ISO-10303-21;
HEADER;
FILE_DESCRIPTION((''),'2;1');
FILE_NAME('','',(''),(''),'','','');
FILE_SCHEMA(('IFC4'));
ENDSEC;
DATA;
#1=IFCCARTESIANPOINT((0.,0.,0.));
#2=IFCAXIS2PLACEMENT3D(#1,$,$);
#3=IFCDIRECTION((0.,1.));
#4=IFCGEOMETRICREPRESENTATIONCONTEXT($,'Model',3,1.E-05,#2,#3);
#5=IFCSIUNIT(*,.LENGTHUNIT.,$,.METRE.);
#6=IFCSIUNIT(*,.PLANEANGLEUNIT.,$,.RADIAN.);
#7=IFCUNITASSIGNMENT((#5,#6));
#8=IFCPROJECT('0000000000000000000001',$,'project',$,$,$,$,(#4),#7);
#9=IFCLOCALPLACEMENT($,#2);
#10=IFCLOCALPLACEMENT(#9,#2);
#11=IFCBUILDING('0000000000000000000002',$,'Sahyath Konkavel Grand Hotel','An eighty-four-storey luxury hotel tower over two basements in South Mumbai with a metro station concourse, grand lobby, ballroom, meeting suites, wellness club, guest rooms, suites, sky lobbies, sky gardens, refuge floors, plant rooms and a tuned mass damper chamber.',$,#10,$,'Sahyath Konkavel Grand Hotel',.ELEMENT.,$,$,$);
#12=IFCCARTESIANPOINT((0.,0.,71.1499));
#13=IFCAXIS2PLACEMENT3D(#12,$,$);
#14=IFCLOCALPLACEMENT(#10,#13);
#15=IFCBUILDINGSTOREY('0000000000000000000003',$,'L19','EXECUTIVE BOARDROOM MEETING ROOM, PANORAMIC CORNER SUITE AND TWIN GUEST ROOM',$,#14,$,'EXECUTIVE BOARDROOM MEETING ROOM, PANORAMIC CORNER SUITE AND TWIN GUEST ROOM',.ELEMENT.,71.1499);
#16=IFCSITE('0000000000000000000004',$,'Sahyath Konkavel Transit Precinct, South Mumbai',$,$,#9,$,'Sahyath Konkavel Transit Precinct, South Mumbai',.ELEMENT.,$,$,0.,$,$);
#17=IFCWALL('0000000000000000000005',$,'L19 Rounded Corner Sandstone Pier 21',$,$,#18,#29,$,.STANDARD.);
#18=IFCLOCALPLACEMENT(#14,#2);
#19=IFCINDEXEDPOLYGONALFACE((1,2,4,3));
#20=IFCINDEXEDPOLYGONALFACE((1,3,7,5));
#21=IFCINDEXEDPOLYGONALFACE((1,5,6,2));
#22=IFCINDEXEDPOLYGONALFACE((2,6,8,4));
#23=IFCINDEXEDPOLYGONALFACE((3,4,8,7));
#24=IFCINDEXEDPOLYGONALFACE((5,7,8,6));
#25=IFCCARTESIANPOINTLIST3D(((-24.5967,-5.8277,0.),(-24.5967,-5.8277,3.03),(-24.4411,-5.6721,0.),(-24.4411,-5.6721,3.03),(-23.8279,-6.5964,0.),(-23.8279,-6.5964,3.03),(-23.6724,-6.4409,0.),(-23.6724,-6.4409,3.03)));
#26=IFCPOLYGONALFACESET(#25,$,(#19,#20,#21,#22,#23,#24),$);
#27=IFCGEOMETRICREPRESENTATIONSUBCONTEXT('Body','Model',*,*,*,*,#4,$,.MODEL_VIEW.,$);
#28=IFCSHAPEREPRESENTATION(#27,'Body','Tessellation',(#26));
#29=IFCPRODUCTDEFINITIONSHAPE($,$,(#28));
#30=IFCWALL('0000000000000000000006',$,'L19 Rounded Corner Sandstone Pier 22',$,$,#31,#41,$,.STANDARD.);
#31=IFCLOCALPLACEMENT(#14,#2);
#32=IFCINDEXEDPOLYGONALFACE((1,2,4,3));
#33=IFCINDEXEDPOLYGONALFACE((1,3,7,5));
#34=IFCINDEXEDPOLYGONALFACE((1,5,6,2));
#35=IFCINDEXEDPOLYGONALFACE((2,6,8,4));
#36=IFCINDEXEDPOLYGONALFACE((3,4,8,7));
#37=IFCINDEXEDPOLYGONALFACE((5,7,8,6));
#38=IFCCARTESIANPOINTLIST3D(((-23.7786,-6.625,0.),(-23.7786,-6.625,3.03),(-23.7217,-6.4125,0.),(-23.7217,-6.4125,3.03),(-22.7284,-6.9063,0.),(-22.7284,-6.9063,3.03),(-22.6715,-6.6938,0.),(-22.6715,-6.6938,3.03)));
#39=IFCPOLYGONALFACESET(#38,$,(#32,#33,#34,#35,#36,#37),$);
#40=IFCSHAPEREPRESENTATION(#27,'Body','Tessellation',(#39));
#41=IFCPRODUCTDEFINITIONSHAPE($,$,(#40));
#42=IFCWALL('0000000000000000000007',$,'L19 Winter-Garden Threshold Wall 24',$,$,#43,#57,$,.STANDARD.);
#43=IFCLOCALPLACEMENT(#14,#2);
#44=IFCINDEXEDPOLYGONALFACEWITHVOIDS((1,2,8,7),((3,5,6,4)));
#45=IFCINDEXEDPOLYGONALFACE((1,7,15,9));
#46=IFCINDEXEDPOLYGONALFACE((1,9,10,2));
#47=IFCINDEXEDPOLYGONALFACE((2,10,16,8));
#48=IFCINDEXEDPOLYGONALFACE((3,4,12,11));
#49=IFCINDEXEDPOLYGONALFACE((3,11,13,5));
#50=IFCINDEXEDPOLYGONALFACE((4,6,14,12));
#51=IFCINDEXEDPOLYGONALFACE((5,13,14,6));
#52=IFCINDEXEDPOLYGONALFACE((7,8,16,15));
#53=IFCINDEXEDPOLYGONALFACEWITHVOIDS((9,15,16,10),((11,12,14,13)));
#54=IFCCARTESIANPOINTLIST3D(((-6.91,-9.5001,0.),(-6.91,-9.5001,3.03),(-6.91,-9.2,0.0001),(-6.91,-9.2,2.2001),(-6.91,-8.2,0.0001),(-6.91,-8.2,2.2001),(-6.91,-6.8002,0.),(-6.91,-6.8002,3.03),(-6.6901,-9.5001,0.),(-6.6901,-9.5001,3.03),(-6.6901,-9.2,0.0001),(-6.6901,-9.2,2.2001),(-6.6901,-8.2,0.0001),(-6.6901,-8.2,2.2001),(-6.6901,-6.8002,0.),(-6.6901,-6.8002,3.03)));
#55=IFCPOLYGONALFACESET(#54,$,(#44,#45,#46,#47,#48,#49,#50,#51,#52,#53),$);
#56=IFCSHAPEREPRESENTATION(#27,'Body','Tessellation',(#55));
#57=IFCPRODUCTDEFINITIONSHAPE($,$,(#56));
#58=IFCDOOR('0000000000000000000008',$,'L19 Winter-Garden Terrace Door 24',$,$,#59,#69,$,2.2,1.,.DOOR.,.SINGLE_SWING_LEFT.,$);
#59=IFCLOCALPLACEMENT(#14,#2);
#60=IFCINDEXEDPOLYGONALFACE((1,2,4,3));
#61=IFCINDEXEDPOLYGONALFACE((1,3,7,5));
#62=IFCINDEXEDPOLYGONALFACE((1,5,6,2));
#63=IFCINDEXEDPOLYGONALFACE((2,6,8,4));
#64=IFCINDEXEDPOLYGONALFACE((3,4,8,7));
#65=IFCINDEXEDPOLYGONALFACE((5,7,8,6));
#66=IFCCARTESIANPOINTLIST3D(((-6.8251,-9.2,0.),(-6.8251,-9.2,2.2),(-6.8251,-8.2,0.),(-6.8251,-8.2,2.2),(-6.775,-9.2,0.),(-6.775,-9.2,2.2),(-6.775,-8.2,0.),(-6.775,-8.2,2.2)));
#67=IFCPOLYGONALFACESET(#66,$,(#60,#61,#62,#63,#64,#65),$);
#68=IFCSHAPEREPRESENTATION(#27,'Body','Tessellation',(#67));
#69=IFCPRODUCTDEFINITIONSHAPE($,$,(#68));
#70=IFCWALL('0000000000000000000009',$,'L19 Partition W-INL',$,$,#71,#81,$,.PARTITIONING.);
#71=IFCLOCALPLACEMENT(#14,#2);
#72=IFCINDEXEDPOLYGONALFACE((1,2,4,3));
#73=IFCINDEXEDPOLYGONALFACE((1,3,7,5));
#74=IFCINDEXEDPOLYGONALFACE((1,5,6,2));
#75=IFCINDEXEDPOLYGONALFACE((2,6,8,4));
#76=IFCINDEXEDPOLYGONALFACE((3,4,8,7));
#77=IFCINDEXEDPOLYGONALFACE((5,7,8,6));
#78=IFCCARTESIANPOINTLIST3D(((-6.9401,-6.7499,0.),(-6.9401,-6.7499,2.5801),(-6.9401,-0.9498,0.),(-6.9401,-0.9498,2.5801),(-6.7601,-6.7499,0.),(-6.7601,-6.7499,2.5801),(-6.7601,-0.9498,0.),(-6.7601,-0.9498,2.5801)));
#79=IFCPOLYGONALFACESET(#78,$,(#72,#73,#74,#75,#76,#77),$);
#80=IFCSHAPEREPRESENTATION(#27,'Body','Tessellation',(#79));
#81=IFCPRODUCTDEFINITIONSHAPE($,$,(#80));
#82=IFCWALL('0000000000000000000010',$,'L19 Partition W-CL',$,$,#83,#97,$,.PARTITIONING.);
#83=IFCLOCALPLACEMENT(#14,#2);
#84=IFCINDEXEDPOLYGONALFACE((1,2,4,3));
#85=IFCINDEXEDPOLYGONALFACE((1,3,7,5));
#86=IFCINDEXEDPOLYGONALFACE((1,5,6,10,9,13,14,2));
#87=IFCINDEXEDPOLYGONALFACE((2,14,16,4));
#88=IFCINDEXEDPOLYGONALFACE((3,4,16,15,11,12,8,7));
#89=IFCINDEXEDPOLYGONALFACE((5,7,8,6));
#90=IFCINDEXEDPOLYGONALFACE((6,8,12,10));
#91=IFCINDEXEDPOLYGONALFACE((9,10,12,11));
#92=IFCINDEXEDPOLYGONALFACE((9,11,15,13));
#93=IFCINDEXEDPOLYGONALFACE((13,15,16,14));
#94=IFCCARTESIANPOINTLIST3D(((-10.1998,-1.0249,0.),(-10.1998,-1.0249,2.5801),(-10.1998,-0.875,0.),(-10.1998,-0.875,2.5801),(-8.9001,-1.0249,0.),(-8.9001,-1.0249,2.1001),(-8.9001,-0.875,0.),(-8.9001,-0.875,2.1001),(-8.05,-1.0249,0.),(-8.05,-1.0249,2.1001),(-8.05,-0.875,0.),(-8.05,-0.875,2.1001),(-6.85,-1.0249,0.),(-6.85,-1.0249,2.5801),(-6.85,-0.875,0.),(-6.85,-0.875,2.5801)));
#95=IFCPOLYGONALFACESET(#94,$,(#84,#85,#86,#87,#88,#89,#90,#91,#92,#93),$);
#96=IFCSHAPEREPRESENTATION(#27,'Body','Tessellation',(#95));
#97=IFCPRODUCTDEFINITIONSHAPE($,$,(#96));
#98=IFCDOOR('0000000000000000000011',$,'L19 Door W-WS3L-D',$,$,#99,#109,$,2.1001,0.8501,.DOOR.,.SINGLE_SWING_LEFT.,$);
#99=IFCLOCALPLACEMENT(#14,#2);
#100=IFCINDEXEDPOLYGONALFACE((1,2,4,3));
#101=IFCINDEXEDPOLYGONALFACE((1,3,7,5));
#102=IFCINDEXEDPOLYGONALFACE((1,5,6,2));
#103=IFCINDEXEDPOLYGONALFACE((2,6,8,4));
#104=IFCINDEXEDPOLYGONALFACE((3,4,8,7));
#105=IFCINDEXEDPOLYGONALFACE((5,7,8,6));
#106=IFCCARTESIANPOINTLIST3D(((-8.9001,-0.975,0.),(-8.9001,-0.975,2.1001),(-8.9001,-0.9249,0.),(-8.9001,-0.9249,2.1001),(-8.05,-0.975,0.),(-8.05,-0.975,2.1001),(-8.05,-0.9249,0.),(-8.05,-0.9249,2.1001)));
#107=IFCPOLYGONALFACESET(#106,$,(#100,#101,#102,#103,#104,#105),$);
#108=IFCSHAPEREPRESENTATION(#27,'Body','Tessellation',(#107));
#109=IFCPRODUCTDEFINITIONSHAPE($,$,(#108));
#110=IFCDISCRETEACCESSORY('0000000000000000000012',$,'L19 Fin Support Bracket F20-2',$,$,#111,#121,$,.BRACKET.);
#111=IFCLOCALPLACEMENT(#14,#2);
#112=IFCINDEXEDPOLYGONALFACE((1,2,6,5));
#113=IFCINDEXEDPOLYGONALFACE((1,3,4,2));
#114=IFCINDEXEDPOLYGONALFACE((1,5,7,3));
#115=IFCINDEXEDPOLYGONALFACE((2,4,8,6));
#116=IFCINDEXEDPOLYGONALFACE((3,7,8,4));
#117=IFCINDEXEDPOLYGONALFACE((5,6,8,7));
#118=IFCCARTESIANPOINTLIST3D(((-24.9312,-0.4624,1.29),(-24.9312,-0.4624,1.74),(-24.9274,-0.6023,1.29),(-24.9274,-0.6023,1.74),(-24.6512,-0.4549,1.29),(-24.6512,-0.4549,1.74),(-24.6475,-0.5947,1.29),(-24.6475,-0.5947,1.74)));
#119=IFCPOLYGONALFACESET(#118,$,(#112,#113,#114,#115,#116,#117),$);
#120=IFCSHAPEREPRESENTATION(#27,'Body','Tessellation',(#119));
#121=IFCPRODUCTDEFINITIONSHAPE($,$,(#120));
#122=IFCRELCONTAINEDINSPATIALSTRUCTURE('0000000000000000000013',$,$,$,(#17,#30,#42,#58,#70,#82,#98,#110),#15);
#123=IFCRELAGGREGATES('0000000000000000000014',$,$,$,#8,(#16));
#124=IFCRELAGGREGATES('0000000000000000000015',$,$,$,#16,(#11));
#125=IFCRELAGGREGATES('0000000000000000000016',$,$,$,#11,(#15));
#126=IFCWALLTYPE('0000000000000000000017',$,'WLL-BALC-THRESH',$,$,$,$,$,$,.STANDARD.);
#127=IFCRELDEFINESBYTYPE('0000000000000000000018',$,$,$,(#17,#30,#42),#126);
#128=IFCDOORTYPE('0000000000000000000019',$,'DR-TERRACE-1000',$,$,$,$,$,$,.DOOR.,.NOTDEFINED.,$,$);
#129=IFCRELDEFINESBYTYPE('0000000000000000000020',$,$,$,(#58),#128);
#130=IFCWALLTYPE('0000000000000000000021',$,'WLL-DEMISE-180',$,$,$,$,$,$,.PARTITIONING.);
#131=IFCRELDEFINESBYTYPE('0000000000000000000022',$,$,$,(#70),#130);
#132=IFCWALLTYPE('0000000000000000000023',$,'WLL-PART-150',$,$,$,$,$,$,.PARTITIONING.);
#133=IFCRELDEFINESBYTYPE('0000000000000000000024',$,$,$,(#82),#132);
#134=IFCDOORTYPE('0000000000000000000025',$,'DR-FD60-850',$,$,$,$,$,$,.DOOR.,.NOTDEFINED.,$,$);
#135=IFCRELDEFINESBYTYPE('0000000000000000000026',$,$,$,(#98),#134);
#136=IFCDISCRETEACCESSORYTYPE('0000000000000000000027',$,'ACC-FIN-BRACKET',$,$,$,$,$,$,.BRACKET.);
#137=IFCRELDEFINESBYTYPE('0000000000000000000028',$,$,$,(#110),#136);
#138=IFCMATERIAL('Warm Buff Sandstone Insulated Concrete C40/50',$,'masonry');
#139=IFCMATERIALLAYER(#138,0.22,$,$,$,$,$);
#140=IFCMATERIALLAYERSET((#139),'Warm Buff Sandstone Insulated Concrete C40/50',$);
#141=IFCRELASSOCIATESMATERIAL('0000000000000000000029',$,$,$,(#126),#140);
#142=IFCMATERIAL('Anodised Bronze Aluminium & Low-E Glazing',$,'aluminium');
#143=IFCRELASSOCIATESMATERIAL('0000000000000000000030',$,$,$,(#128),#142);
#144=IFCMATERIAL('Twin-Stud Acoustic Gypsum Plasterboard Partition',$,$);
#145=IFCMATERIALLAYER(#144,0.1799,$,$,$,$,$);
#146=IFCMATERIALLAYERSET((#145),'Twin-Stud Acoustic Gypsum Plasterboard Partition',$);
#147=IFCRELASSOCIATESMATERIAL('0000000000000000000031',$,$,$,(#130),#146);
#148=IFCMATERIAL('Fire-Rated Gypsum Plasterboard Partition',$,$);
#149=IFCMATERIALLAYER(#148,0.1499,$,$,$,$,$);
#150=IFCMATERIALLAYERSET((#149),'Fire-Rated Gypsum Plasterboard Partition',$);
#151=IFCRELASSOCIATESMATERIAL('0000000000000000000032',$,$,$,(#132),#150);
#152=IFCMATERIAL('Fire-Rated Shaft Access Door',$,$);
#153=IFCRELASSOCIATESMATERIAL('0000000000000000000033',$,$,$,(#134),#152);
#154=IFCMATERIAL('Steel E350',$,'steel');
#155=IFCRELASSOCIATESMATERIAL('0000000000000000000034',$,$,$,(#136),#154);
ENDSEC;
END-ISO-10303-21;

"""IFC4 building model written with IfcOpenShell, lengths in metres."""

from ifc_helpers import new_model, si_unit, direction, frame, frame_2d, origin, origin_2d, place, context, subcontext, project, spatial, rectangle, extrude, source, transform, mapped, material, layer, layer_set, type_object, element, fill, save


model = new_model("IFC4")

# Units and contexts
model_context = context("Model", 3, precision=1e-05, world=origin(), true_north=direction((0.0, 1.0)))
body_context = subcontext(model_context, "Body", "Model", "MODEL_VIEW")
ifc_project = project(units=[si_unit("LENGTHUNIT", "METRE"), si_unit("PLANEANGLEUNIT", "RADIAN")], contexts=[model_context])

# Site, building, storey
site_placement = place(None, origin())
site = spatial("IfcSite", under=ifc_project, at=site_placement, Name="Sahyath Konkavel Transit Precinct, South Mumbai", LongName="Sahyath Konkavel Transit Precinct, South Mumbai", CompositionType="ELEMENT", RefElevation=0.0)
building_placement = place(site_placement, origin())
building = spatial("IfcBuilding", under=site, at=building_placement, Name="Sahyath Konkavel Grand Hotel", Description="An eighty-four-storey luxury hotel tower over two basements in South Mumbai with a metro station concourse, grand lobby, ballroom, meeting suites, wellness club, guest rooms, suites, sky lobbies, sky gardens, refuge floors, plant rooms and a tuned mass damper chamber.", LongName="Sahyath Konkavel Grand Hotel", CompositionType="ELEMENT")
storey_placement = place(building_placement, frame((0.0, 0.0, 71.1499)))
storey = spatial("IfcBuildingStorey", under=building, at=storey_placement, Name="L19", Description="EXECUTIVE BOARDROOM MEETING ROOM, PANORAMIC CORNER SUITE AND TWIN GUEST ROOM", LongName="EXECUTIVE BOARDROOM MEETING ROOM, PANORAMIC CORNER SUITE AND TWIN GUEST ROOM", CompositionType="ELEMENT", Elevation=71.1499)

# Shared definitions
ifc_material_1 = material(Name="Steel E350", Category="steel")

# Shared definitions
ifc_material_2 = material(Name="Anodised Bronze Aluminium & Low-E Glazing", Category="aluminium")

# Walls
ifc_material_3 = material(Name="Warm Buff Sandstone Insulated Concrete C40/50", Category="masonry")
ifc_layer_1 = layer(ifc_material_3, 0.22)
ifc_layer_set_1 = layer_set([ifc_layer_1], Name="Warm Buff Sandstone Insulated Concrete C40/50")
wall_type_1 = type_object("IfcWallType", Name="WLL-BALC-THRESH", PredefinedType="STANDARD", material=ifc_layer_set_1)
for number, where, z_axis, x_axis, name in (
    (1, (-24.5188, -5.75, 0.0), (0.0, 0.0, 1.0), (0.707107, -0.707107, 0.0), "L19 Rounded Corner Sandstone Pier 21"),
    (2, (-23.75, -6.5188, 0.0), (0.0, 0.0, 1.0), (0.965951, -0.258725, 0.0), "L19 Rounded Corner Sandstone Pier 22"),
):
    element("IfcWall", number, at=place(storey_placement, frame(where, z_axis=z_axis, x_axis=x_axis)), inside=storey, type_object=wall_type_1, Name=name, PredefinedType="STANDARD", context=body_context, shape_type="SweptSolid", body=[
        extrude(rectangle(XDim=1.0872, YDim=0.22, at=frame_2d((0.5435, 0.0))), origin(), (0.0, 0.0, 1.0), 3.03),
    ])

# Wall, opening, door
wall_1_placement = place(storey_placement, frame((-6.8, -6.8, 0.0), z_axis=(0.0, 0.0, 1.0), x_axis=(0.0, -1.0, 0.0)))
wall_1 = element("IfcWall", 3, at=wall_1_placement, inside=storey, type_object=wall_type_1, Name="L19 Winter-Garden Threshold Wall 24", PredefinedType="STANDARD", context=body_context, shape_type="SweptSolid", body=[
    extrude(rectangle(XDim=2.7, YDim=0.22, at=frame_2d((1.3501, 0.0))), origin(), (0.0, 0.0, 1.0), 3.03),
])
opening_1_placement = place(wall_1_placement, frame((1.3999, 0.0, 0.0)))
opening_1 = element("IfcOpeningElement", 4, at=opening_1_placement, cuts=wall_1, PredefinedType="OPENING", context=body_context, shape_type="SweptSolid", body=[
    extrude(rectangle(XDim=1.0, YDim=2.2, at=frame_2d((0.5, 1.1001))), frame((0.0, 0.1201, 0.0), z_axis=(0.0, -1.0, 0.0), x_axis=(1.0, 0.0, 0.0)), (0.0, 0.0, 1.0), 0.24),
])
door_type_1 = type_object("IfcDoorType", Name="DR-TERRACE-1000", OperationType="NOTDEFINED", PredefinedType="DOOR", material=ifc_material_2)
shared_shape_1 = source(origin(), body_context, "Body", "SweptSolid", [
    extrude(rectangle(XDim=1.0, YDim=0.05, at=origin_2d()), origin(), (0.0, 0.0, 1.0), 2.2),
])
door_1_placement = place(opening_1_placement, frame((0.5, 0.0, 0.0)))
door_1 = element("IfcDoor", 5, at=door_1_placement, inside=storey, type_object=door_type_1, Name="L19 Winter-Garden Terrace Door 24", OperationType="SINGLE_SWING_LEFT", OverallHeight=2.2, OverallWidth=1.0, PredefinedType="DOOR", context=body_context, shape_type="MappedRepresentation", body=[
    mapped(shared_shape_1, transform((0.0, 0.0, 0.0), scale=1.0)),
])
fill(opening_1, door_1)

# Wall
ifc_material_4 = material(Name="Twin-Stud Acoustic Gypsum Plasterboard Partition")
ifc_layer_2 = layer(ifc_material_4, 0.1799)
ifc_layer_set_2 = layer_set([ifc_layer_2], Name="Twin-Stud Acoustic Gypsum Plasterboard Partition")
wall_type_2 = type_object("IfcWallType", Name="WLL-DEMISE-180", PredefinedType="PARTITIONING", material=ifc_layer_set_2)
wall_2_placement = place(storey_placement, frame((-6.8501, -0.95, 0.0), z_axis=(0.0, 0.0, 1.0), x_axis=(0.0, -1.0, 0.0)))
element("IfcWall", 6, at=wall_2_placement, inside=storey, type_object=wall_type_2, Name="L19 Partition W-INL", PredefinedType="PARTITIONING", context=body_context, shape_type="SweptSolid", body=[
    extrude(rectangle(XDim=5.8, YDim=0.1799, at=frame_2d((2.8999, 0.0))), origin(), (0.0, 0.0, 1.0), 2.5801),
])

# Wall, opening, door
ifc_material_5 = material(Name="Fire-Rated Gypsum Plasterboard Partition")
ifc_layer_3 = layer(ifc_material_5, 0.1499)
ifc_layer_set_3 = layer_set([ifc_layer_3], Name="Fire-Rated Gypsum Plasterboard Partition")
wall_type_3 = type_object("IfcWallType", Name="WLL-PART-150", PredefinedType="PARTITIONING", material=ifc_layer_set_3)
wall_3_placement = place(storey_placement, frame((-6.8501, -0.95, 0.0), z_axis=(0.0, 0.0, 1.0), x_axis=(-1.0, 0.0, 0.0)))
wall_3 = element("IfcWall", 7, at=wall_3_placement, inside=storey, type_object=wall_type_3, Name="L19 Partition W-CL", PredefinedType="PARTITIONING", context=body_context, shape_type="SweptSolid", body=[
    extrude(rectangle(XDim=3.3499, YDim=0.1499, at=frame_2d((1.6748, 0.0))), origin(), (0.0, 0.0, 1.0), 2.5801),
])
opening_2_placement = place(wall_3_placement, frame((1.2, 0.0, 0.0)))
opening_2 = element("IfcOpeningElement", 8, at=opening_2_placement, cuts=wall_3, PredefinedType="OPENING", context=body_context, shape_type="SweptSolid", body=[
    extrude(rectangle(XDim=0.8501, YDim=2.1001, at=frame_2d((0.425, 1.05))), frame((0.0, 0.085, 0.0), z_axis=(0.0, -1.0, 0.0), x_axis=(1.0, 0.0, 0.0)), (0.0, 0.0, 1.0), 0.1699),
])
ifc_material_6 = material(Name="Fire-Rated Shaft Access Door")
door_type_2 = type_object("IfcDoorType", Name="DR-FD60-850", OperationType="NOTDEFINED", PredefinedType="DOOR", material=ifc_material_6)
shared_shape_2 = source(origin(), body_context, "Body", "SweptSolid", [
    extrude(rectangle(XDim=0.8501, YDim=0.05, at=origin_2d()), origin(), (0.0, 0.0, 1.0), 2.1001),
])
door_2_placement = place(opening_2_placement, frame((0.425, 0.0, 0.0)))
door_2 = element("IfcDoor", 9, at=door_2_placement, inside=storey, type_object=door_type_2, Name="L19 Door W-WS3L-D", OperationType="SINGLE_SWING_LEFT", OverallHeight=2.1001, OverallWidth=0.8501, PredefinedType="DOOR", context=body_context, shape_type="MappedRepresentation", body=[
    mapped(shared_shape_2, transform((0.0, 0.0, 0.0), scale=1.0)),
])
fill(opening_2, door_2)

# Discrete accessory
discrete_accessory_type = type_object("IfcDiscreteAccessoryType", Name="ACC-FIN-BRACKET", PredefinedType="BRACKET", material=ifc_material_1)
shared_shape_3 = source(origin(), body_context, "Body", "SweptSolid", [
    extrude(rectangle(XDim=0.28, YDim=0.1399, at=origin_2d()), origin(), (0.0, 0.0, 1.0), 0.45),
])
discrete_accessory_placement = place(storey_placement, frame((-24.7893, -0.5286, 1.29), z_axis=(0.0, 0.0, 1.0), x_axis=(-0.999638, -0.02691, 0.0)))
element("IfcDiscreteAccessory", 10, at=discrete_accessory_placement, inside=storey, type_object=discrete_accessory_type, Name="L19 Fin Support Bracket F20-2", PredefinedType="BRACKET", context=body_context, shape_type="MappedRepresentation", body=[
    mapped(shared_shape_3, transform((0.0, 0.0, 0.0), scale=1.0)),
])

save(model, "model.ifc")
